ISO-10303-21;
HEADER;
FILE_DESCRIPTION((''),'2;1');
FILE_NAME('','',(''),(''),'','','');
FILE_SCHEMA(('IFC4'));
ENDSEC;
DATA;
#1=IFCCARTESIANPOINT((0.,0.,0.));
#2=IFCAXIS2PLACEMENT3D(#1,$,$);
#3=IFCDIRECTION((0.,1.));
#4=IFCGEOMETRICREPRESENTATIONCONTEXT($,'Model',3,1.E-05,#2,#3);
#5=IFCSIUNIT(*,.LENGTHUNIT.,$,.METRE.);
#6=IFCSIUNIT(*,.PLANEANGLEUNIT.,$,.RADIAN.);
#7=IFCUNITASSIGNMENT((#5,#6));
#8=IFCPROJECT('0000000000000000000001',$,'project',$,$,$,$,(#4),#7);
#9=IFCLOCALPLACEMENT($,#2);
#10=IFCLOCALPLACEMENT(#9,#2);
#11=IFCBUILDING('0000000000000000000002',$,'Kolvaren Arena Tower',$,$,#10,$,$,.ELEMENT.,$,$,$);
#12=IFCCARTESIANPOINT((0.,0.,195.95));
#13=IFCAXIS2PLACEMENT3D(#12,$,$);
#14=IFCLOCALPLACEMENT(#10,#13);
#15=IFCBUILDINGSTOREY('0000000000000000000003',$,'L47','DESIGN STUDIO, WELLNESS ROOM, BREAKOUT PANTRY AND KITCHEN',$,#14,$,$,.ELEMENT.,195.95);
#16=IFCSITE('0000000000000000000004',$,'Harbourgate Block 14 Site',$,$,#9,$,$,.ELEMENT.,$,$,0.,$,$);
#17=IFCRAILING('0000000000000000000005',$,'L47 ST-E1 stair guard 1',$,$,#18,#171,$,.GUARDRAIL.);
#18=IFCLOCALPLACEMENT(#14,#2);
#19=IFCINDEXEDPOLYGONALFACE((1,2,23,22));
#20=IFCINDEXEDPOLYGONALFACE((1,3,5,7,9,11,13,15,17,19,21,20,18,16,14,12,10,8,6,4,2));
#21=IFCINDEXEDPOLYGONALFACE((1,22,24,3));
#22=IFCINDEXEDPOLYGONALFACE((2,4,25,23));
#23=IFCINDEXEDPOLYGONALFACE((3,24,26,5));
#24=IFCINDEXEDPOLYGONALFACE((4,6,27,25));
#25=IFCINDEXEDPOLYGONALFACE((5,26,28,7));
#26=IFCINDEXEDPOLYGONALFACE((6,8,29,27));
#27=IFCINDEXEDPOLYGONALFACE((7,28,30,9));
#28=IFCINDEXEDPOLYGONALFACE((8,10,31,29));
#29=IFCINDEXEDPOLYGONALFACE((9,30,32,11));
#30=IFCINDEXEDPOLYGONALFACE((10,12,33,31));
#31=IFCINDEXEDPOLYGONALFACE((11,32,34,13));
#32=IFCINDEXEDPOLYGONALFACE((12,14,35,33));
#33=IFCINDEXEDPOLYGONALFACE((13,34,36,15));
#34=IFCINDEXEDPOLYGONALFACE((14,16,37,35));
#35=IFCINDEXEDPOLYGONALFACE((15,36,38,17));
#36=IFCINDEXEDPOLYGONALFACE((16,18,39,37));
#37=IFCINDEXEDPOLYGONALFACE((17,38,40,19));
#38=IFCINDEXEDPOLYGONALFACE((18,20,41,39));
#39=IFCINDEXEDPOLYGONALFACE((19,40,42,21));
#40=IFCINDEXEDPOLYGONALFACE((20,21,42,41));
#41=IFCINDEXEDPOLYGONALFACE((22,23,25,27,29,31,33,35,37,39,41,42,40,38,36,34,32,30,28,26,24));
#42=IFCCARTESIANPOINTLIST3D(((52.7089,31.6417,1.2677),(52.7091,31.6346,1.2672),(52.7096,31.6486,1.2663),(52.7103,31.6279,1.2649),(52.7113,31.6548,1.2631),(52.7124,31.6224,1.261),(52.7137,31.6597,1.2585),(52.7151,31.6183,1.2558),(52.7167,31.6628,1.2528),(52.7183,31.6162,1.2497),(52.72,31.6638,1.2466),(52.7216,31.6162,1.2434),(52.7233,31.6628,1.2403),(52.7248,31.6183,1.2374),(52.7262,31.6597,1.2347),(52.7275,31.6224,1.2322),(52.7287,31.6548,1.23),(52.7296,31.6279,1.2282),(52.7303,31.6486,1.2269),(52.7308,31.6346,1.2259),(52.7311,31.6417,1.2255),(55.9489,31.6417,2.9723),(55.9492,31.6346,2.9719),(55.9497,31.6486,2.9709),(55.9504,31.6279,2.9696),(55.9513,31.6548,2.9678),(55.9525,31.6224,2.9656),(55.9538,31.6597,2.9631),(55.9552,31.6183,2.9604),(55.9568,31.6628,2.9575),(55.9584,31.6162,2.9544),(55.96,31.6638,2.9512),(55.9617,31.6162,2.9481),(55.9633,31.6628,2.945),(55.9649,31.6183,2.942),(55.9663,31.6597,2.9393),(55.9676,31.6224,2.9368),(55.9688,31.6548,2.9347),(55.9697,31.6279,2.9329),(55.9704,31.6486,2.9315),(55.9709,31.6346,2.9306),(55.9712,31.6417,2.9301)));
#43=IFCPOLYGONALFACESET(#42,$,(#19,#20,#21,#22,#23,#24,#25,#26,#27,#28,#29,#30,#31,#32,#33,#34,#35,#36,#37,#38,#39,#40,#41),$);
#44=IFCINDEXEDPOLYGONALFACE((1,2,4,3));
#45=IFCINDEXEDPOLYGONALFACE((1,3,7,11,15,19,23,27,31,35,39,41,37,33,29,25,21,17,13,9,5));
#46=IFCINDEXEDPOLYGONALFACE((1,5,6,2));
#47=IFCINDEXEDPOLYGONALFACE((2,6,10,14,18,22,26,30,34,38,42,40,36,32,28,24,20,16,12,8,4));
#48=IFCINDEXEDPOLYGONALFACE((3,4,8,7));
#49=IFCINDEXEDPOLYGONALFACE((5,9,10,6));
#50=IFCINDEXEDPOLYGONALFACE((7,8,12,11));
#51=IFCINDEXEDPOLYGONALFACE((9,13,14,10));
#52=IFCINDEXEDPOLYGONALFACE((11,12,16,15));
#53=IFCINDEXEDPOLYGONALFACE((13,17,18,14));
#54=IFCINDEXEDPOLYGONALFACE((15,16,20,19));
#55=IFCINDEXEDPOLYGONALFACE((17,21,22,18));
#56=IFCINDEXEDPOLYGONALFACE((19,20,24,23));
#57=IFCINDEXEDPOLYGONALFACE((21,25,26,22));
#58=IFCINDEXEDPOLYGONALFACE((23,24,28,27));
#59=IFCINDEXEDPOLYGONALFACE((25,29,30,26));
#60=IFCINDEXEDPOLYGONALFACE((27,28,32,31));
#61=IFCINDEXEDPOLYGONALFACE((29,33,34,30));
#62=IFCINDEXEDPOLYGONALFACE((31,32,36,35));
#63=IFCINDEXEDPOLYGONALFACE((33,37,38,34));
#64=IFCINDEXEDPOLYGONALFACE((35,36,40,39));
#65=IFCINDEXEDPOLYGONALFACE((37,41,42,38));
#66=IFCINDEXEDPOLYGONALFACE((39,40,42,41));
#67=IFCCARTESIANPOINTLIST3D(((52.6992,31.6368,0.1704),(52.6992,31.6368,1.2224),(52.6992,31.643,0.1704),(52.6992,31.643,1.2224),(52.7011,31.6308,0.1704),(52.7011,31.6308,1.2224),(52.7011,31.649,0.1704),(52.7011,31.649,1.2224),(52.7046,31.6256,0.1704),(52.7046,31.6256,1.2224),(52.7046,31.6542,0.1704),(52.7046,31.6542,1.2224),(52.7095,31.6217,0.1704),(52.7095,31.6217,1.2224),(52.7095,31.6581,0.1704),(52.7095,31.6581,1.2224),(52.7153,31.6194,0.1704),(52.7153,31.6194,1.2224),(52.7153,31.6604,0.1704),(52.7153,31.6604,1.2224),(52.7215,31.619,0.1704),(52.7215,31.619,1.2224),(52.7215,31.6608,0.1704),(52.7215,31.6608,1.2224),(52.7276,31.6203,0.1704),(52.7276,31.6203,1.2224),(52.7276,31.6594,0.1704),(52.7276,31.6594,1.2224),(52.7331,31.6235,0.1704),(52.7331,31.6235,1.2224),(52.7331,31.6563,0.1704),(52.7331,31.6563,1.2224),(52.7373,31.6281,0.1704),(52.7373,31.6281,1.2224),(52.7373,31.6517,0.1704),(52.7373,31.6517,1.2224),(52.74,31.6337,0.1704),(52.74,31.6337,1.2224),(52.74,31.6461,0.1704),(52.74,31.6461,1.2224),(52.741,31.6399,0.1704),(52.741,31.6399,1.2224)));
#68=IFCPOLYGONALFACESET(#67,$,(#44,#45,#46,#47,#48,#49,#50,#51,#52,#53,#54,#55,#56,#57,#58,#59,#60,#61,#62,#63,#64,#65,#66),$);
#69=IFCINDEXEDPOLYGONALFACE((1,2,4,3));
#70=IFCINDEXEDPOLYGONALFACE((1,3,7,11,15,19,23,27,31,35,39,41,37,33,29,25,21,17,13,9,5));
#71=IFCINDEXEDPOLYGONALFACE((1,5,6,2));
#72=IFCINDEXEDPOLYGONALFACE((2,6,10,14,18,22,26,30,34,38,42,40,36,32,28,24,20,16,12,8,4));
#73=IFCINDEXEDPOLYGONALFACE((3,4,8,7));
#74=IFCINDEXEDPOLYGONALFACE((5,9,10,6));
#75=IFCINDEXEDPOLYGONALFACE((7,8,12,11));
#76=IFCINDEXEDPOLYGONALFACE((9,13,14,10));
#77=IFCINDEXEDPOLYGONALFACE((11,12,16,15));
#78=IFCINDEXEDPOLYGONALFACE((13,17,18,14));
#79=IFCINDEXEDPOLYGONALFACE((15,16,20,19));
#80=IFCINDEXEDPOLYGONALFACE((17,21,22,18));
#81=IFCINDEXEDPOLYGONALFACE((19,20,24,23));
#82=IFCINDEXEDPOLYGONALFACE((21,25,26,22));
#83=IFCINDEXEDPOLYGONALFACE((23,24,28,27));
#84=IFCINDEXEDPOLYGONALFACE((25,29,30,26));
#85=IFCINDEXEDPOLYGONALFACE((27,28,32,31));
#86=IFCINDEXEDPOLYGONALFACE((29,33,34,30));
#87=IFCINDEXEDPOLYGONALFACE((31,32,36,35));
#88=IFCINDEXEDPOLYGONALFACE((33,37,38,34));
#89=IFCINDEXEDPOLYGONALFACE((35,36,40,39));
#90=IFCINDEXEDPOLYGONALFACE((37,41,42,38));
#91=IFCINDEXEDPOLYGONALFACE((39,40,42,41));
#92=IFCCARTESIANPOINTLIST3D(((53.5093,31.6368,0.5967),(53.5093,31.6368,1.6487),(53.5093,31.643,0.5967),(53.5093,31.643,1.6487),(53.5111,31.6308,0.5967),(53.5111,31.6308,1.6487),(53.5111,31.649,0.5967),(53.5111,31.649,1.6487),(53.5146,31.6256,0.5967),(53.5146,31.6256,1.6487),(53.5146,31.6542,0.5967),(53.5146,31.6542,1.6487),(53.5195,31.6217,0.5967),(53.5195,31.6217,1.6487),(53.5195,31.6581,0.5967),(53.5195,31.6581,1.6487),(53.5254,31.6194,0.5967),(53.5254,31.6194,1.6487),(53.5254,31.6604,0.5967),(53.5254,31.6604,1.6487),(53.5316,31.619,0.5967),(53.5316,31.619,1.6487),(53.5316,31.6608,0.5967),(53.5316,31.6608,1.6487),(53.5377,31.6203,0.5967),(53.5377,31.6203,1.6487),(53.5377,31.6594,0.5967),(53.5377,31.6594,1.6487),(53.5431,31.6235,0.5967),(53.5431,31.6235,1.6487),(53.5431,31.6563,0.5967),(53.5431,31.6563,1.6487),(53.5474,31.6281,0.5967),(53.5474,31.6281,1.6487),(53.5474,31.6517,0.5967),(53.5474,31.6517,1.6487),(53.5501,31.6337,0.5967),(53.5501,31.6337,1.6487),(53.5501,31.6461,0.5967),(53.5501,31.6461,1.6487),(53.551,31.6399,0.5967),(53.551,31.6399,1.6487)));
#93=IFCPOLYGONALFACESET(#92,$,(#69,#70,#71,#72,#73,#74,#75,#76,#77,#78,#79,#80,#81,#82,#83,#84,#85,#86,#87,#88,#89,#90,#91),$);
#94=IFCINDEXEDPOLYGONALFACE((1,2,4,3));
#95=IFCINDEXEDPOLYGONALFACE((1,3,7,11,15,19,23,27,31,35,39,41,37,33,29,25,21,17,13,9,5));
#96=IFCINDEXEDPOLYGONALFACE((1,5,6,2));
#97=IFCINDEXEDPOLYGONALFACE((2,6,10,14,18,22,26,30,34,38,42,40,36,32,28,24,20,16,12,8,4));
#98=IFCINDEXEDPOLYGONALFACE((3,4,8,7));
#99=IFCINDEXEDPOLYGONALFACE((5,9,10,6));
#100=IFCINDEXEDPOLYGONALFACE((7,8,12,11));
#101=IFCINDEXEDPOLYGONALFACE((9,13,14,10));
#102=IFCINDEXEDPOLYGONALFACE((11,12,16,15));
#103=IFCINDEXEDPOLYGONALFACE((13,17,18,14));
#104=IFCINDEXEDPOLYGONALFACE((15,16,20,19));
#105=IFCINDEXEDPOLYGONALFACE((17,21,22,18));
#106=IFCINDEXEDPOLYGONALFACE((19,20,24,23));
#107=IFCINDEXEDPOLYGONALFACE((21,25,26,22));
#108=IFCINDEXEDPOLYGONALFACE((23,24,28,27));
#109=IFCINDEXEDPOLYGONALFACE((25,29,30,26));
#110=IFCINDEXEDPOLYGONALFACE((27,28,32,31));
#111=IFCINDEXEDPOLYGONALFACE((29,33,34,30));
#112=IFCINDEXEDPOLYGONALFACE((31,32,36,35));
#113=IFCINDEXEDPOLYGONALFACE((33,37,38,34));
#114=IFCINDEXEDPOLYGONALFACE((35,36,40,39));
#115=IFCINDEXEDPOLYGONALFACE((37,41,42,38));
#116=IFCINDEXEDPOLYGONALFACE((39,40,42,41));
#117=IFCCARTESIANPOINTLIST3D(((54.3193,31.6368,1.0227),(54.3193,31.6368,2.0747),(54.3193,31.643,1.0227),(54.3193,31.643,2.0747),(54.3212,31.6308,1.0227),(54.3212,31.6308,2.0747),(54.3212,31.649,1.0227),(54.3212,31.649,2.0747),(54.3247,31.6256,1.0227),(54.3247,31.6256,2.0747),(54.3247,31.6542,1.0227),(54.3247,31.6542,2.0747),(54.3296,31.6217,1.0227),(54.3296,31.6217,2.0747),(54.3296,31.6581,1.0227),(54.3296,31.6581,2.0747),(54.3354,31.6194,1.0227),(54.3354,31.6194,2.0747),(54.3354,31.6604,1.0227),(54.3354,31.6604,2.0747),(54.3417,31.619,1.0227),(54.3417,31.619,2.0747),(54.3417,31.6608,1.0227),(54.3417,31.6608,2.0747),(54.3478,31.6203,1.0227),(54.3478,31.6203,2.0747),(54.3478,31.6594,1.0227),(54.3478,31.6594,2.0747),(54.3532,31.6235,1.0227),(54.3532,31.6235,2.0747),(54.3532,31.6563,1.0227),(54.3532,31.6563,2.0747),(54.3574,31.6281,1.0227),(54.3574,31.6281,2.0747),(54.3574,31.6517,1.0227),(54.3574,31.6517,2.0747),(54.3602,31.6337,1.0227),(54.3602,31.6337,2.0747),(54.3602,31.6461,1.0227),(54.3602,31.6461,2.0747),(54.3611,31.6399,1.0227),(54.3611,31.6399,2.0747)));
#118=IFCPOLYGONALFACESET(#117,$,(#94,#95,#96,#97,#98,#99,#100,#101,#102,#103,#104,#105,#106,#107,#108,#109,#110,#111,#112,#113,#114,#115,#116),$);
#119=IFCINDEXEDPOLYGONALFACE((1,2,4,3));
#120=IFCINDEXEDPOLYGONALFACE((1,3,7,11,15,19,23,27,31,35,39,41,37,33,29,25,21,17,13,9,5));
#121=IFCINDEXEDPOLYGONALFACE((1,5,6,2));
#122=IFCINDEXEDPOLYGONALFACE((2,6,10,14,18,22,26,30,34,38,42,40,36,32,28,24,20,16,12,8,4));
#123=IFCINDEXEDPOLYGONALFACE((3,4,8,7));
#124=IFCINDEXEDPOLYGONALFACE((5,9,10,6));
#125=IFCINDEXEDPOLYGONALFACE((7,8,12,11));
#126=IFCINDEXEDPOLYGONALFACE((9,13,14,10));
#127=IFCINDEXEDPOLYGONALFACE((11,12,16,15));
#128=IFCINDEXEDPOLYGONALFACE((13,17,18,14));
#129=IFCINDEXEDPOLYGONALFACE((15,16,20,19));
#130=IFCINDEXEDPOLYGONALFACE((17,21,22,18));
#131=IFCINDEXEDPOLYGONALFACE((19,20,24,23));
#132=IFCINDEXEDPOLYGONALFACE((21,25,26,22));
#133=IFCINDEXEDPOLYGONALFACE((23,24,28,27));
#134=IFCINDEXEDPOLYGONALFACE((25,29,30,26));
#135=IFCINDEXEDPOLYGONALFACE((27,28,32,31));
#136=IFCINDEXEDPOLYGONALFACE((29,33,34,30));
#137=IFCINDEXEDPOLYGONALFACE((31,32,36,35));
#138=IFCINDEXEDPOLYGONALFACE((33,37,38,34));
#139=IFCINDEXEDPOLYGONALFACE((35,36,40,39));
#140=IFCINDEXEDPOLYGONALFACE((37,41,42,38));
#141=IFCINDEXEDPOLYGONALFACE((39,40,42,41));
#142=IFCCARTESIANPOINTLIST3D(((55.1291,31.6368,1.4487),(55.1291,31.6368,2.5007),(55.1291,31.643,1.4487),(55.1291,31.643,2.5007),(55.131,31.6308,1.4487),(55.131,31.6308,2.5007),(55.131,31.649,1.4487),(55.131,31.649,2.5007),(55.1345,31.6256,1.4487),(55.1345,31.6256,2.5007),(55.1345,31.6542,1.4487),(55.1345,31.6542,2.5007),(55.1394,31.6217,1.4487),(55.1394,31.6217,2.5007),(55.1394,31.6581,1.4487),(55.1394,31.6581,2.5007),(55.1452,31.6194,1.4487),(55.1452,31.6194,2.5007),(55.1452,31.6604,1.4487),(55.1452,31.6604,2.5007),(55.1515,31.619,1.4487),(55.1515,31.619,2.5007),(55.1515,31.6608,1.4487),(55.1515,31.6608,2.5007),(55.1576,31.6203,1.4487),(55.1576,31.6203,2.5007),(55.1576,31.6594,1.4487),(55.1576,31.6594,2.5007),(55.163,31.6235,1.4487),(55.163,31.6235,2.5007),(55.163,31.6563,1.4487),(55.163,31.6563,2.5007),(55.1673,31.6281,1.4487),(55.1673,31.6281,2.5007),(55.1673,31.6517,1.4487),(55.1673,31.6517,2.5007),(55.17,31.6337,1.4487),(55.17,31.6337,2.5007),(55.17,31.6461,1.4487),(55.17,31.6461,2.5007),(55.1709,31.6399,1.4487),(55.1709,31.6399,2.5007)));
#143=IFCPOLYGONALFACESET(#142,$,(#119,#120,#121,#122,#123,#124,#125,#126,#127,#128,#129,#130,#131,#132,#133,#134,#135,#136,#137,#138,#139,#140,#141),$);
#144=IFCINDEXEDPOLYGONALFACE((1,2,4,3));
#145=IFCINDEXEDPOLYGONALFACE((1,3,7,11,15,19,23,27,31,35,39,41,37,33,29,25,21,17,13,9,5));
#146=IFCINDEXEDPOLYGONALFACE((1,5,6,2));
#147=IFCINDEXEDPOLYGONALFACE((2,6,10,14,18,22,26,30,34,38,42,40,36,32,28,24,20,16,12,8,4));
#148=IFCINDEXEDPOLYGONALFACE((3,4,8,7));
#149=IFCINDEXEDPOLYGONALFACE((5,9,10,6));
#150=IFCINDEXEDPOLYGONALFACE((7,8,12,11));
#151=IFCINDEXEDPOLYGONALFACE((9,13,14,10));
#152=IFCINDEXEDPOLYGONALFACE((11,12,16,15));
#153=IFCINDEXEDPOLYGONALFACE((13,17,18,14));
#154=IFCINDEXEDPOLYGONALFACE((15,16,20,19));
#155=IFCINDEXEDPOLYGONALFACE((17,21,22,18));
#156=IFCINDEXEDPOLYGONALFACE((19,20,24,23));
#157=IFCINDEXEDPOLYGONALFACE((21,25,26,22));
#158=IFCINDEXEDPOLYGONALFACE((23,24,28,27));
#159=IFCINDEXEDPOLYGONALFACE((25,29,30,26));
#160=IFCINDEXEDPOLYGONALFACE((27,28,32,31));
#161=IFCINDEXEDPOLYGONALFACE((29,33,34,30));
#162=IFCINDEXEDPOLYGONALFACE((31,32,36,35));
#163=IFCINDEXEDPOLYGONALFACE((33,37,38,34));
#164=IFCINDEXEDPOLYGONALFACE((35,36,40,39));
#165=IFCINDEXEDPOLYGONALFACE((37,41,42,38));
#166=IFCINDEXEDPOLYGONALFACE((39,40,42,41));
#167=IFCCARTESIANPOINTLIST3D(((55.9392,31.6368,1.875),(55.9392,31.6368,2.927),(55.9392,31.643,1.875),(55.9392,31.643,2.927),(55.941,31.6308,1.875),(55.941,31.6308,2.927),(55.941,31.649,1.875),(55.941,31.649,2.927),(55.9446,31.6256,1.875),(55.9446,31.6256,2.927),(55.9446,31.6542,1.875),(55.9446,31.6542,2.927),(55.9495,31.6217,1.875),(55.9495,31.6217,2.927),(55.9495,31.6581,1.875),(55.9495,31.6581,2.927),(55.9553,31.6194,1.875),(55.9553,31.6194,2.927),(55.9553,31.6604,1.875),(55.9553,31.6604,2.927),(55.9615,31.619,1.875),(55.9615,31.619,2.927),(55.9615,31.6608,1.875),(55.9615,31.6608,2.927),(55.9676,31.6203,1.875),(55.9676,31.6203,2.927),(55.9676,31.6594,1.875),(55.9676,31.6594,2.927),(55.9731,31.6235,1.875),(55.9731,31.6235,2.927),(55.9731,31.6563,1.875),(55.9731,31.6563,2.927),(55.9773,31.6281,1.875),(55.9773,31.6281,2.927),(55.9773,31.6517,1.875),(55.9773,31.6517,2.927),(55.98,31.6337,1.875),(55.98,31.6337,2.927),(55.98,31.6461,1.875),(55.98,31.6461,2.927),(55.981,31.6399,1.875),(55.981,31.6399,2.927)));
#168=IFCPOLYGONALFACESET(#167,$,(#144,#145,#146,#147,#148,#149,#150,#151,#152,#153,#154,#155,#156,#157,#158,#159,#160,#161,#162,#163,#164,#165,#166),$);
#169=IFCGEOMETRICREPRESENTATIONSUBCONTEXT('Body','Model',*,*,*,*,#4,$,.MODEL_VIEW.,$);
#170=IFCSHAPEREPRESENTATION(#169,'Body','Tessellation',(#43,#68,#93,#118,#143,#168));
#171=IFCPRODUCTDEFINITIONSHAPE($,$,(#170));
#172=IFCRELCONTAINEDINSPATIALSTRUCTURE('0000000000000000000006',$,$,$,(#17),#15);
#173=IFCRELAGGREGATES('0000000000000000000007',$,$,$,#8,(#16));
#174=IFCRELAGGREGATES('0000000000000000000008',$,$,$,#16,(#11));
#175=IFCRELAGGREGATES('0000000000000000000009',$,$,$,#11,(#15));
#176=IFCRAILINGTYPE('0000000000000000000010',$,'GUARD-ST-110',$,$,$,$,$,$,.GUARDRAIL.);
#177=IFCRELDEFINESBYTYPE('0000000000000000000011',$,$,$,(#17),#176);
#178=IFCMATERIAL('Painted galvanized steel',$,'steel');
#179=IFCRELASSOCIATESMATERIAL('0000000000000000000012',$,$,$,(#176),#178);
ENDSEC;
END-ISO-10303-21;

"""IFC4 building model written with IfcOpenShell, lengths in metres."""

from ifc_helpers import new_model, si_unit, direction, frame, origin, origin_2d, place, context, subcontext, project, spatial, circle, extrude, material, type_object, element, save


model = new_model("IFC4")

# Units and contexts
model_context = context("Model", 3, precision=1e-05, world=origin(), true_north=direction((0.0, 1.0)))
body_context = subcontext(model_context, "Body", "Model", "MODEL_VIEW")
ifc_project = project(units=[si_unit("LENGTHUNIT", "METRE"), si_unit("PLANEANGLEUNIT", "RADIAN")], contexts=[model_context])

# Site, building, storey
site_placement = place(None, origin())
site = spatial("IfcSite", under=ifc_project, at=site_placement, Name="Harbourgate Block 14 Site", CompositionType="ELEMENT", RefElevation=0.0)
building_placement = place(site_placement, origin())
building = spatial("IfcBuilding", under=site, at=building_placement, Name="Kolvaren Arena Tower", CompositionType="ELEMENT")
storey_placement = place(building_placement, frame((0.0, 0.0, 195.95)))
storey = spatial("IfcBuildingStorey", under=building, at=storey_placement, Name="L47", Description="DESIGN STUDIO, WELLNESS ROOM, BREAKOUT PANTRY AND KITCHEN", CompositionType="ELEMENT", Elevation=195.95)

# Railing
ifc_material_1 = material(Name="Painted galvanized steel", Category="steel")
railing_type_1 = type_object("IfcRailingType", Name="GUARD-ST-110", PredefinedType="GUARDRAIL", material=ifc_material_1)
railing_1_placement = place(storey_placement, frame((52.72, 31.6399, 0.1704)))
element("IfcRailing", 1, at=railing_1_placement, inside=storey, type_object=railing_type_1, Name="L47 ST-E1 stair guard 1", PredefinedType="GUARDRAIL", context=body_context, shape_type="SweptSolid", body=[
    extrude(circle(Radius=0.0239, at=origin_2d()), frame((0.0, 0.0, 1.0762), z_axis=(0.884993, 0.0, 0.465604), x_axis=(0.0, 1.0, 0.0)), (0.0, 0.0, 1.0), 3.6611),
    extrude(circle(Radius=0.021, at=origin_2d()), origin(), (0.0, 0.0, 1.0), 1.052),
    extrude(circle(Radius=0.021, at=origin_2d()), frame((0.8101, 0.0, 0.4263)), (0.0, 0.0, 1.0), 1.052),
    extrude(circle(Radius=0.021, at=origin_2d()), frame((1.6201, 0.0, 0.8523)), (0.0, 0.0, 1.0), 1.052),
    extrude(circle(Radius=0.021, at=origin_2d()), frame((2.4299, 0.0, 1.2783)), (0.0, 0.0, 1.0), 1.052),
    extrude(circle(Radius=0.021, at=origin_2d()), frame((3.24, 0.0, 1.7046)), (0.0, 0.0, 1.0), 1.052),
])

save(model, "model.ifc")
